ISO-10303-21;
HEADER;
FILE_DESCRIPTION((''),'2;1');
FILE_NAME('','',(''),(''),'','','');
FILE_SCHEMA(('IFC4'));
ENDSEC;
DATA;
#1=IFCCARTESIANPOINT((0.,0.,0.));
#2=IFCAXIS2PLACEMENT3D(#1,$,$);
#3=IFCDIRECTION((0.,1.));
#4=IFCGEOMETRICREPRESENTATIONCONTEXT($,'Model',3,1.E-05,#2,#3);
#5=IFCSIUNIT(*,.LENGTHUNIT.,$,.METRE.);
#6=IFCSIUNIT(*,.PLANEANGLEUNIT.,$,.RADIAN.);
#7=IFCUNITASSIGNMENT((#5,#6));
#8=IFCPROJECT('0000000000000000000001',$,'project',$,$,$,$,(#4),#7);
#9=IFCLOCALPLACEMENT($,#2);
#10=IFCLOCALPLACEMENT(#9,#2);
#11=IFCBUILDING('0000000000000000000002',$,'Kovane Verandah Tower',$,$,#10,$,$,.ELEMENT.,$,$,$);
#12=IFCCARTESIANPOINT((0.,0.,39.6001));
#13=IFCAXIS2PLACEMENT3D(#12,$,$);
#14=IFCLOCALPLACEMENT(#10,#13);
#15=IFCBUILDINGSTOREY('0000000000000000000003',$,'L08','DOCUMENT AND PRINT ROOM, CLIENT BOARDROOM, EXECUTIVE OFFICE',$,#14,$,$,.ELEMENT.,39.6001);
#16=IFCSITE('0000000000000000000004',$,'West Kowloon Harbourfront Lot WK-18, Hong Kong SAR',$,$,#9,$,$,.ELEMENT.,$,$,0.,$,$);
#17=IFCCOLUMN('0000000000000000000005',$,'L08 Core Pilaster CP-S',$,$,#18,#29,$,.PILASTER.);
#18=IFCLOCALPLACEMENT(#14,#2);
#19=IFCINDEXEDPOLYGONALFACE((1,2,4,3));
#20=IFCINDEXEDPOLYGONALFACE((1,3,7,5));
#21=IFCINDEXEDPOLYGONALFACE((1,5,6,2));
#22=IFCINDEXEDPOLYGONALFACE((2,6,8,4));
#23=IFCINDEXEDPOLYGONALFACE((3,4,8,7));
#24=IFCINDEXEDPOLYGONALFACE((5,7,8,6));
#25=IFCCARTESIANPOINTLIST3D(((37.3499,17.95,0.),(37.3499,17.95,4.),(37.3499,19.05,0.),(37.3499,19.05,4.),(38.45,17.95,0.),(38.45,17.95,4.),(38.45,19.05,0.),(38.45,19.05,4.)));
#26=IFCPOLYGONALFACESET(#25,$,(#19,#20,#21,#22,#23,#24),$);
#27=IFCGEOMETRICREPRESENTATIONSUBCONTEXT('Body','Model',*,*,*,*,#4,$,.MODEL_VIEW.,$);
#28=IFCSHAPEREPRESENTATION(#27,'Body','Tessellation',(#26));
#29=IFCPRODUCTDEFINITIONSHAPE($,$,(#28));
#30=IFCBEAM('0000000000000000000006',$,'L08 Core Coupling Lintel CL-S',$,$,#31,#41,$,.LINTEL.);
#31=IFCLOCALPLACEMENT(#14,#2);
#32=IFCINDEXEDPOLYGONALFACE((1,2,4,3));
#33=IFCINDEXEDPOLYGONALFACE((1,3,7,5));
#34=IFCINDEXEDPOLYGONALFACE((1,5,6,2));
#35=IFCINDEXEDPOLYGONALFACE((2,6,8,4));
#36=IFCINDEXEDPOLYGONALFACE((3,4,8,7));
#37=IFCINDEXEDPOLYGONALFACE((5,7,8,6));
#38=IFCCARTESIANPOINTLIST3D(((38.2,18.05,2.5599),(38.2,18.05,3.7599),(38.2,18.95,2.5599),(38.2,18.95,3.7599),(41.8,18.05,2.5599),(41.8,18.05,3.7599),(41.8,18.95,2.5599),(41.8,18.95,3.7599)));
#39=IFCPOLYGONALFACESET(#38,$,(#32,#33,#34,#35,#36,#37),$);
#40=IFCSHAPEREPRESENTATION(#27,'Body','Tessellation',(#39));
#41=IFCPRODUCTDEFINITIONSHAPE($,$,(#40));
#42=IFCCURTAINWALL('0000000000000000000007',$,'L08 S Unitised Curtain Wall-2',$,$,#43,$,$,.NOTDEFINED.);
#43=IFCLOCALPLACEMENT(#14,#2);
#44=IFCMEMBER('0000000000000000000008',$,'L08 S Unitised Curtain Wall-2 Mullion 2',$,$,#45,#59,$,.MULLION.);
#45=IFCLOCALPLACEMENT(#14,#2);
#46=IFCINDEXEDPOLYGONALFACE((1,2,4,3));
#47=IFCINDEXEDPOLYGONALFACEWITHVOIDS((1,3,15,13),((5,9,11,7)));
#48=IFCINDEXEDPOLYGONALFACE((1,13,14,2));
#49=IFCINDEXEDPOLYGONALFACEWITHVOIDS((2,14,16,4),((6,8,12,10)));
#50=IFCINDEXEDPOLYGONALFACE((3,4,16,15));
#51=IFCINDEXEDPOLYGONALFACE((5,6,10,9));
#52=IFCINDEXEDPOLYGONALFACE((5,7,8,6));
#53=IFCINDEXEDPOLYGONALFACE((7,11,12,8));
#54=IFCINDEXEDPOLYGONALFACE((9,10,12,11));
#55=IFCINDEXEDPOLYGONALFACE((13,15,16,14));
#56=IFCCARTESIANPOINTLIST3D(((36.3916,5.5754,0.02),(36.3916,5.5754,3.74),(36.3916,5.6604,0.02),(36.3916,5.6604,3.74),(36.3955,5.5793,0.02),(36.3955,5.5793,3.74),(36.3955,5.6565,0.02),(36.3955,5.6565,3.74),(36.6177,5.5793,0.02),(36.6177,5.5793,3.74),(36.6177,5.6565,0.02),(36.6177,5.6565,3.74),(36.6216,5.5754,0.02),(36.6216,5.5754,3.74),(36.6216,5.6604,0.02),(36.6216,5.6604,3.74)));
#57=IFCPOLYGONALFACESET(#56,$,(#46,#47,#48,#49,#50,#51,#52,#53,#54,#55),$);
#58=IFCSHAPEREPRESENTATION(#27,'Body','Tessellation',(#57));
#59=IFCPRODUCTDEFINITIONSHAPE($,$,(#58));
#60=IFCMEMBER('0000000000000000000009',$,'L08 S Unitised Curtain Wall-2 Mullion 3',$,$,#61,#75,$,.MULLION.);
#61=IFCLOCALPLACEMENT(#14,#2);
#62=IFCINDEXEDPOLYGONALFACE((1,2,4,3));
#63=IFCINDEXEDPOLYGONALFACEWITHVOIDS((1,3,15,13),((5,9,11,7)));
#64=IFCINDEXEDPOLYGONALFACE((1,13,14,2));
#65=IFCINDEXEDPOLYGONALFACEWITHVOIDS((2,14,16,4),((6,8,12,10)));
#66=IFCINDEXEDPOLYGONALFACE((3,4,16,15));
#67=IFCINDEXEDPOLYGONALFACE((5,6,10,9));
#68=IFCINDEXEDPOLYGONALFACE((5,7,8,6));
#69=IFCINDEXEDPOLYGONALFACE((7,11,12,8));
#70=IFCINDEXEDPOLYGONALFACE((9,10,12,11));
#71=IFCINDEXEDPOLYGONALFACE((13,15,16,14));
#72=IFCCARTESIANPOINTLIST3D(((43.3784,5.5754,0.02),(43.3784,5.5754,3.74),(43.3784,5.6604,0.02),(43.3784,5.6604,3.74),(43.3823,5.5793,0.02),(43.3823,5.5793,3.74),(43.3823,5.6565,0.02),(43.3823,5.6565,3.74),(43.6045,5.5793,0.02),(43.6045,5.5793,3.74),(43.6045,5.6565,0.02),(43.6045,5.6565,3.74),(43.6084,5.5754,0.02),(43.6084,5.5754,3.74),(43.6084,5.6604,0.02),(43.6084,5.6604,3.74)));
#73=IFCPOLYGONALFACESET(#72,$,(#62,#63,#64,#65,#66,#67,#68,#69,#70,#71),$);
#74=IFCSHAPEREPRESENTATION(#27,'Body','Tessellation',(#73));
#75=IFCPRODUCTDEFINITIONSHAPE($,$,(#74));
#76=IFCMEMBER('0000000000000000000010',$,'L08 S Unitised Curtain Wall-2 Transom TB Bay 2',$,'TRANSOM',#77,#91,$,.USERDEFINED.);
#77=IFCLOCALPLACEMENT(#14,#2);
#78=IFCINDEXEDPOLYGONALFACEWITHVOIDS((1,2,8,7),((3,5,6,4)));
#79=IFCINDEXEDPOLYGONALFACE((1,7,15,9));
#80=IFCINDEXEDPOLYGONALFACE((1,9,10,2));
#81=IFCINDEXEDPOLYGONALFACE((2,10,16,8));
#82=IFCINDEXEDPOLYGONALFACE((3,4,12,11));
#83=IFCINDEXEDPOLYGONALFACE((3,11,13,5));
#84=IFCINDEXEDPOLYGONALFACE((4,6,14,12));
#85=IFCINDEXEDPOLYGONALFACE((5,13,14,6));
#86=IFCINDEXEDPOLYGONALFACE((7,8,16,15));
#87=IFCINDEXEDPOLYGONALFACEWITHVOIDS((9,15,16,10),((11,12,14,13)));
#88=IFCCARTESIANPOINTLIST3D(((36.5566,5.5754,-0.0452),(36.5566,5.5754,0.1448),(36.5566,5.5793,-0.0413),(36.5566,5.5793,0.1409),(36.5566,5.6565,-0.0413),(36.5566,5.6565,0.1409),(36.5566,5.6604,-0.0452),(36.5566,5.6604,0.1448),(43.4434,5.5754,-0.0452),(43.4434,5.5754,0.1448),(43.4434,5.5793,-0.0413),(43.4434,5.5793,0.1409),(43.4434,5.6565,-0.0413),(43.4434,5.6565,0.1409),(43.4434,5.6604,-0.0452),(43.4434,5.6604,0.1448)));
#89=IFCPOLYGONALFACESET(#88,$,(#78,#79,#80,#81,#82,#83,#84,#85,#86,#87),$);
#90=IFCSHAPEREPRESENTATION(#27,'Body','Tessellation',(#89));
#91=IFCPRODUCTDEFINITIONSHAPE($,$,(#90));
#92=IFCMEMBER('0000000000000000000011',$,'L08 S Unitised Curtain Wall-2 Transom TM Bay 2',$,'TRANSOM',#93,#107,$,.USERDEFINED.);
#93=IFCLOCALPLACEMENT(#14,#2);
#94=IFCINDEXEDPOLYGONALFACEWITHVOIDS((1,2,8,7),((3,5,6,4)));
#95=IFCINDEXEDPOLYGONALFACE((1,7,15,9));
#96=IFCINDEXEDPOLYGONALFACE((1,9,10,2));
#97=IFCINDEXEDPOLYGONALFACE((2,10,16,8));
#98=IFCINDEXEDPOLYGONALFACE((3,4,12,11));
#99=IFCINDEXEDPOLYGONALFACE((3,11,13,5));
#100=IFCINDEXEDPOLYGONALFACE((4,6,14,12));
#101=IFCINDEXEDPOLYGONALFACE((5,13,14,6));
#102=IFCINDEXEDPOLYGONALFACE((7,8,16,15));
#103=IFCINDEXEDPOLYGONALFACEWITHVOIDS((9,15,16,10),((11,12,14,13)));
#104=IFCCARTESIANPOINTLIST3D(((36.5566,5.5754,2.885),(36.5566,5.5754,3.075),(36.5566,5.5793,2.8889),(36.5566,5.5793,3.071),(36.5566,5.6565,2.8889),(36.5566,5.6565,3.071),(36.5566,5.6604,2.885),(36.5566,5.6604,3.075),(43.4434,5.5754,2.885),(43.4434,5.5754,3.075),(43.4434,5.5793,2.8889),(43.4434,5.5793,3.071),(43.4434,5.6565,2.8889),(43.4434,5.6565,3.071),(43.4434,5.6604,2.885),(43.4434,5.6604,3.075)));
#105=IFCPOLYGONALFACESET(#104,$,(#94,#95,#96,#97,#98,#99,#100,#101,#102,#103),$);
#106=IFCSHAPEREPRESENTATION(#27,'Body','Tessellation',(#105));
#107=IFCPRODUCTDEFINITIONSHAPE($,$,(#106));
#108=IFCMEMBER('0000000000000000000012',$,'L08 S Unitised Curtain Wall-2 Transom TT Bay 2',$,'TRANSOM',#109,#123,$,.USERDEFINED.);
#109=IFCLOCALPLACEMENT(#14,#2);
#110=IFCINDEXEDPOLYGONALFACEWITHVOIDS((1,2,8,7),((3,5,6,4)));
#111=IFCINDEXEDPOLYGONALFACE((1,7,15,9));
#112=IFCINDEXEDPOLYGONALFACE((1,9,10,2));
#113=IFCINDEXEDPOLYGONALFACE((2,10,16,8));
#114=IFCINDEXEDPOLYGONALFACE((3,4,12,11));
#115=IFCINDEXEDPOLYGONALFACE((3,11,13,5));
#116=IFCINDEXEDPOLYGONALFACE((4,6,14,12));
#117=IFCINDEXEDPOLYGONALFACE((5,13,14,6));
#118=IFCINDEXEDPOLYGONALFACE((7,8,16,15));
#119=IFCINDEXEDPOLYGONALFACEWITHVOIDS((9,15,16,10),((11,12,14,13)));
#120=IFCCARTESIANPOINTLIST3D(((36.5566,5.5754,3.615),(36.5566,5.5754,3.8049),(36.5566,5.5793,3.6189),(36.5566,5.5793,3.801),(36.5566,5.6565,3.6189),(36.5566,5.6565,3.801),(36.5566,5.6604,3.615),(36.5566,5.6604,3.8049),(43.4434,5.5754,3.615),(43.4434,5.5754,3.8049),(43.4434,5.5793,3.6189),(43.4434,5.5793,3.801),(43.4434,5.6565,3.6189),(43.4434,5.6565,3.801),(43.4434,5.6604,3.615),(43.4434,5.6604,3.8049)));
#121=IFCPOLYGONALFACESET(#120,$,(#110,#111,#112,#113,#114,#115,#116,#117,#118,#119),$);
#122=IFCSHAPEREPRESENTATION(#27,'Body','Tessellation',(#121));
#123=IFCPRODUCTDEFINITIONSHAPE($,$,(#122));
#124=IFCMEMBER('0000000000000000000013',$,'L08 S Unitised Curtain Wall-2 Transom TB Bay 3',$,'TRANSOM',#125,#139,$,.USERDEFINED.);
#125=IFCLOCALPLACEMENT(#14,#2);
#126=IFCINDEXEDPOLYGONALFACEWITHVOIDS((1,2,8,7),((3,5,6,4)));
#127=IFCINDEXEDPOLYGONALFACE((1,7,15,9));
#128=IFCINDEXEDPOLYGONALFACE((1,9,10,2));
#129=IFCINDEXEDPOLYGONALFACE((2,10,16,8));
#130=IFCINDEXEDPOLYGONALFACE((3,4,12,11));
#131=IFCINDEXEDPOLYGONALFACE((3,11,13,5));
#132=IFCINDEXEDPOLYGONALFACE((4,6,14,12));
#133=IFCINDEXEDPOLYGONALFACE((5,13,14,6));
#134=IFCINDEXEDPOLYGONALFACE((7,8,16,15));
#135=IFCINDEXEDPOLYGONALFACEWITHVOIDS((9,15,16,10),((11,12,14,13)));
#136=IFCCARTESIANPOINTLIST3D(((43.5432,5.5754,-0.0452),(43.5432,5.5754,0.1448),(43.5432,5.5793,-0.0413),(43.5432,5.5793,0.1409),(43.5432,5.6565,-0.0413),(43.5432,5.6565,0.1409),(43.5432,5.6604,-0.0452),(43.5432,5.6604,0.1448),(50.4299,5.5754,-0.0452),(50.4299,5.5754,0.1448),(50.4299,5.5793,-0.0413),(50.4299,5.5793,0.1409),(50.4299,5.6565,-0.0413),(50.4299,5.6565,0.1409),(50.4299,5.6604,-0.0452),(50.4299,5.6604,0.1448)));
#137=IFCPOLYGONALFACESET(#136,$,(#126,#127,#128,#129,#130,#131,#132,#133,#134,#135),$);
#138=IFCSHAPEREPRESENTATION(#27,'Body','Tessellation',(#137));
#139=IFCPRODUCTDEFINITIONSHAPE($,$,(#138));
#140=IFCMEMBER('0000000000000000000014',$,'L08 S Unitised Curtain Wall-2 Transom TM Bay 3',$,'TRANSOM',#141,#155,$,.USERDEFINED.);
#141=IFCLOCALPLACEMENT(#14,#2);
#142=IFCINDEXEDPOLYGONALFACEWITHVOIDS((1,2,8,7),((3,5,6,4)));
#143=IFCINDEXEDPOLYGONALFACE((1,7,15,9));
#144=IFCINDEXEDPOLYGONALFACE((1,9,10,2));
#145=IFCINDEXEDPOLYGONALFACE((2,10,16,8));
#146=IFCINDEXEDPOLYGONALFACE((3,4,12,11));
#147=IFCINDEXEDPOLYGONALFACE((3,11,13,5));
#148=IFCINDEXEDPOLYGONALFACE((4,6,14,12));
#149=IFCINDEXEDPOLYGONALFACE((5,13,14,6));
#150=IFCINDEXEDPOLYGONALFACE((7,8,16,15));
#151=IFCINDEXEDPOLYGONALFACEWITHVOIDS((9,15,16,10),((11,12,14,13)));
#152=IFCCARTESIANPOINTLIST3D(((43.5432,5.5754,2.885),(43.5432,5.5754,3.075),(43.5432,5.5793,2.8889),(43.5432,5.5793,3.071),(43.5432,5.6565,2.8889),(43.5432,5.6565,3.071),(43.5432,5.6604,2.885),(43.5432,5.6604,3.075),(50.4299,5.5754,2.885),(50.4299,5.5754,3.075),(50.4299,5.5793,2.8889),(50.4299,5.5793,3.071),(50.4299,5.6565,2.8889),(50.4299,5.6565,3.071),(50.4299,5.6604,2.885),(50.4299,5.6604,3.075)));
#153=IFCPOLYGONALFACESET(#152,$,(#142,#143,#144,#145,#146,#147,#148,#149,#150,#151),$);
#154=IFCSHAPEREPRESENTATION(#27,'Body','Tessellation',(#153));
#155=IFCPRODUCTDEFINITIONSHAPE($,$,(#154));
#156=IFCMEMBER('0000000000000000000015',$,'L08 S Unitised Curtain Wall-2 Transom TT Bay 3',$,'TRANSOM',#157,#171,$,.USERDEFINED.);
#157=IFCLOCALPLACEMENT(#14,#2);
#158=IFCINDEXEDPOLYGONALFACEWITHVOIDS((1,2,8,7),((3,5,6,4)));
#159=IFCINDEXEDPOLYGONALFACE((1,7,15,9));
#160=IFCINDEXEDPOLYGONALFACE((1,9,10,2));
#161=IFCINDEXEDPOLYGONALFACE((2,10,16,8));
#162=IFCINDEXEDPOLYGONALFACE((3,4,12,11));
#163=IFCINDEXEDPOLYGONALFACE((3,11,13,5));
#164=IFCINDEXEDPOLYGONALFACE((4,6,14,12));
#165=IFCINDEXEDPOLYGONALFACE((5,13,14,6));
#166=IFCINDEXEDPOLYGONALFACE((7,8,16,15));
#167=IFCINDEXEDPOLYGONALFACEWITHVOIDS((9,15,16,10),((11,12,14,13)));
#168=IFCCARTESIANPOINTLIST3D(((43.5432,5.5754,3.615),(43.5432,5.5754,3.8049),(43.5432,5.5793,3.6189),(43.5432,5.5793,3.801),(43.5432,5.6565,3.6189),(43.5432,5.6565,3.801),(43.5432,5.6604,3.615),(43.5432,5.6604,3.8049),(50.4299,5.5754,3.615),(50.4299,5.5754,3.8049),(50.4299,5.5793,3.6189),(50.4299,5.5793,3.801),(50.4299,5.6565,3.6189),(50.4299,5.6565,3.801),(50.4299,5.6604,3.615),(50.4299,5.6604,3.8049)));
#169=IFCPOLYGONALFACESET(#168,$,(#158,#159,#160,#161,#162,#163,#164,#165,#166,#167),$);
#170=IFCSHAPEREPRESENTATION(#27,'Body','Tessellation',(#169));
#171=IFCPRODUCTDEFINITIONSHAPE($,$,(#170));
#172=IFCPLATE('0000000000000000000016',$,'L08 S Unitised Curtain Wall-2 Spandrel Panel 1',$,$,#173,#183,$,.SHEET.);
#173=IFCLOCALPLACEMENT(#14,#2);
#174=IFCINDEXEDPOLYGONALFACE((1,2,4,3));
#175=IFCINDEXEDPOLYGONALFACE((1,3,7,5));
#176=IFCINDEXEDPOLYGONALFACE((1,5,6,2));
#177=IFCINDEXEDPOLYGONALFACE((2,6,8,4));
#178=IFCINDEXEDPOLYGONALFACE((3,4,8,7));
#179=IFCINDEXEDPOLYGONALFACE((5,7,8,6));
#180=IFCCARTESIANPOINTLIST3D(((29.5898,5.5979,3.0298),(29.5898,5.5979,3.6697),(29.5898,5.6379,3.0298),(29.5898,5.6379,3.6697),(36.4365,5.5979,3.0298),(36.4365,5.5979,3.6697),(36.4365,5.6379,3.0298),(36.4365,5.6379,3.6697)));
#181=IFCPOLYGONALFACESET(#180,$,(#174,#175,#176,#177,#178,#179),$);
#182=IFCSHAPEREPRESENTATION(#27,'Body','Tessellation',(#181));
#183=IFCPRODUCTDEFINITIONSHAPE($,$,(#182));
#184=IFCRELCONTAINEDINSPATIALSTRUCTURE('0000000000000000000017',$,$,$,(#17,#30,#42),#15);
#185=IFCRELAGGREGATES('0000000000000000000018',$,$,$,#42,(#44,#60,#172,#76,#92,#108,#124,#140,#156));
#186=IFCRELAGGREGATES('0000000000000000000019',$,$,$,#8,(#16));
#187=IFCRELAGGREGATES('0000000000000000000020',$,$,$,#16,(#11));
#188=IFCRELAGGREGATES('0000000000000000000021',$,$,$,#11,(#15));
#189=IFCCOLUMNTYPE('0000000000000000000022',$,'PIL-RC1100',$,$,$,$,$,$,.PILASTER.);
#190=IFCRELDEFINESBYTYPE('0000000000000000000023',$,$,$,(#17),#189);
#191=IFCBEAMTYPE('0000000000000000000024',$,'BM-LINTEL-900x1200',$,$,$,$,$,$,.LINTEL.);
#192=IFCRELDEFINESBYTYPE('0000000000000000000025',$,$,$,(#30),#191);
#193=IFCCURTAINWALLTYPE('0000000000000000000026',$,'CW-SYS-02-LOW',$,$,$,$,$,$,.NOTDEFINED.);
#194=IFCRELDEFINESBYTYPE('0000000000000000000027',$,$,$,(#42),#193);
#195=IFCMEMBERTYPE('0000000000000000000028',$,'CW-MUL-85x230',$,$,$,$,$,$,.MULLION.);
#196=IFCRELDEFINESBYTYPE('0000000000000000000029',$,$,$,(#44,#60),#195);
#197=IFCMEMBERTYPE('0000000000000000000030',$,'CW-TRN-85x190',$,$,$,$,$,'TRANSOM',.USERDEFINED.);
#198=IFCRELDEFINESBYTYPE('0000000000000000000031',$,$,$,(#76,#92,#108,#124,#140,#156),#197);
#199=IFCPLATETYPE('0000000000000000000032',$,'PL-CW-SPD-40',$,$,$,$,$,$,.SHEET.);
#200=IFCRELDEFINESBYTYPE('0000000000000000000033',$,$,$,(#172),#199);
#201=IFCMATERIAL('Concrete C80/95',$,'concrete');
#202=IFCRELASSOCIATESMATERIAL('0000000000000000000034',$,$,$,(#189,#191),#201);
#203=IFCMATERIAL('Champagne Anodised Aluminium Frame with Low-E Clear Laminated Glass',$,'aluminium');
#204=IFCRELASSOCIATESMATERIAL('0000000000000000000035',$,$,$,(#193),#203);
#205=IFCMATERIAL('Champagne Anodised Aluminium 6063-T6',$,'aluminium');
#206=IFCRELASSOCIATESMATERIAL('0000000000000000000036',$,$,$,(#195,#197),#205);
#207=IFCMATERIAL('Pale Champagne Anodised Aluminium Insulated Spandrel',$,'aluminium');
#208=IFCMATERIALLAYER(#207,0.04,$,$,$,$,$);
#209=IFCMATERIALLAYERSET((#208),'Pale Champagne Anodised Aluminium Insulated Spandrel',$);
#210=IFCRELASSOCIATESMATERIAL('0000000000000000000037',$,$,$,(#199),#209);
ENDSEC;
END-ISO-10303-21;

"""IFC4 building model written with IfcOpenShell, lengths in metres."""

from ifc_helpers import new_model, si_unit, direction, frame, origin, origin_2d, place, context, subcontext, project, spatial, rectangle, hollow_rectangle, extrude, material, layer, layer_set, material_profile, profile_set, type_object, element, aggregate, save


model = new_model("IFC4")

# Units and contexts
model_context = context("Model", 3, precision=1e-05, world=origin(), true_north=direction((0.0, 1.0)))
body_context = subcontext(model_context, "Body", "Model", "MODEL_VIEW")
ifc_project = project(units=[si_unit("LENGTHUNIT", "METRE"), si_unit("PLANEANGLEUNIT", "RADIAN")], contexts=[model_context])

# Site, building, storey
site_placement = place(None, origin())
site = spatial("IfcSite", under=ifc_project, at=site_placement, Name="West Kowloon Harbourfront Lot WK-18, Hong Kong SAR", CompositionType="ELEMENT", RefElevation=0.0)
building_placement = place(site_placement, origin())
building = spatial("IfcBuilding", under=site, at=building_placement, Name="Kovane Verandah Tower", CompositionType="ELEMENT")
storey_placement = place(building_placement, frame((0.0, 0.0, 39.6001)))
storey = spatial("IfcBuildingStorey", under=building, at=storey_placement, Name="L08", Description="DOCUMENT AND PRINT ROOM, CLIENT BOARDROOM, EXECUTIVE OFFICE", CompositionType="ELEMENT", Elevation=39.6001)

# Column
ifc_material_1 = material(Name="Concrete C80/95", Category="concrete")
ifc_material_profile_1 = material_profile(ifc_material_1, rectangle(XDim=1.1001, YDim=1.1001, at=origin_2d()), Name="RC1100x1100")
ifc_profile_set_1 = profile_set([ifc_material_profile_1], Name="Concrete C80/95")
column_type = type_object("IfcColumnType", Name="PIL-RC1100", PredefinedType="PILASTER", material=ifc_profile_set_1)
column_placement = place(storey_placement, frame((37.8999, 18.5, 0.0), z_axis=(0.0, 0.0, 1.0), x_axis=(1.0, 0.0, 0.0)))
element("IfcColumn", 1, at=column_placement, inside=storey, type_object=column_type, Name="L08 Core Pilaster CP-S", PredefinedType="PILASTER", context=body_context, shape_type="SweptSolid", body=[
    extrude(rectangle(XDim=1.1001, YDim=1.1001, at=origin_2d()), origin(), (0.0, 0.0, 1.0), 4.0),
])

# Beam
ifc_material_profile_2 = material_profile(ifc_material_1, rectangle(XDim=0.8999, YDim=1.2, at=origin_2d()), Name="RCB900x1200")
ifc_profile_set_2 = profile_set([ifc_material_profile_2], Name="Concrete C80/95")
beam_type = type_object("IfcBeamType", Name="BM-LINTEL-900x1200", PredefinedType="LINTEL", material=ifc_profile_set_2)
beam_placement = place(storey_placement, frame((38.2, 18.5, 3.1599), z_axis=(1.0, 0.0, 0.0), x_axis=(0.0, 1.0, 0.0)))
element("IfcBeam", 2, at=beam_placement, inside=storey, type_object=beam_type, Name="L08 Core Coupling Lintel CL-S", PredefinedType="LINTEL", context=body_context, shape_type="SweptSolid", body=[
    extrude(rectangle(XDim=0.8999, YDim=1.2, at=origin_2d()), origin(), (0.0, 0.0, 1.0), 3.6001),
])

# Curtain wall, members, plate
ifc_material_2 = material(Name="Champagne Anodised Aluminium Frame with Low-E Clear Laminated Glass", Category="aluminium")
curtain_wall_type = type_object("IfcCurtainWallType", Name="CW-SYS-02-LOW", PredefinedType="NOTDEFINED", material=ifc_material_2)
curtain_wall_placement = place(storey_placement, origin())
curtain_wall = element("IfcCurtainWall", 3, at=curtain_wall_placement, inside=storey, type_object=curtain_wall_type, Name="L08 S Unitised Curtain Wall-2", PredefinedType="NOTDEFINED")
ifc_material_3 = material(Name="Champagne Anodised Aluminium 6063-T6", Category="aluminium")
ifc_material_profile_3 = material_profile(ifc_material_3, hollow_rectangle(XDim=0.085, YDim=0.23, WallThickness=0.0039, at=origin_2d()), Name="AL85x230x4")
ifc_profile_set_3 = profile_set([ifc_material_profile_3], Name="Champagne Anodised Aluminium 6063-T6")
member_type_1 = type_object("IfcMemberType", Name="CW-MUL-85x230", PredefinedType="MULLION", material=ifc_profile_set_3)
member_1_placement = place(storey_placement, frame((36.5066, 5.6179, 0.02), z_axis=(0.0, 0.0, 1.0), x_axis=(0.0, -1.0, 0.0)))
member_1 = element("IfcMember", 4, at=member_1_placement, type_object=member_type_1, Name="L08 S Unitised Curtain Wall-2 Mullion 2", PredefinedType="MULLION", context=body_context, shape_type="SweptSolid", body=[
    extrude(hollow_rectangle(XDim=0.085, YDim=0.23, WallThickness=0.0039, at=origin_2d()), origin(), (0.0, 0.0, 1.0), 3.72),
])
member_2_placement = place(storey_placement, frame((43.4934, 5.6179, 0.02), z_axis=(0.0, 0.0, 1.0), x_axis=(0.0, -1.0, 0.0)))
member_2 = element("IfcMember", 5, at=member_2_placement, type_object=member_type_1, Name="L08 S Unitised Curtain Wall-2 Mullion 3", PredefinedType="MULLION", context=body_context, shape_type="SweptSolid", body=[
    extrude(hollow_rectangle(XDim=0.085, YDim=0.23, WallThickness=0.0039, at=origin_2d()), origin(), (0.0, 0.0, 1.0), 3.72),
])
ifc_material_profile_4 = material_profile(ifc_material_3, hollow_rectangle(XDim=0.085, YDim=0.1899, WallThickness=0.0039, at=origin_2d()), Name="AL85x190x4")
ifc_profile_set_4 = profile_set([ifc_material_profile_4], Name="Champagne Anodised Aluminium 6063-T6")
member_type_2 = type_object("IfcMemberType", Name="CW-TRN-85x190", ElementType="TRANSOM", PredefinedType="USERDEFINED", material=ifc_profile_set_4)
member_3_placement = place(storey_placement, frame((36.5566, 5.6179, 0.0498), z_axis=(1.0, 0.0, 0.0), x_axis=(0.0, 1.0, 0.0)))
member_3 = element("IfcMember", 6, at=member_3_placement, type_object=member_type_2, Name="L08 S Unitised Curtain Wall-2 Transom TB Bay 2", ObjectType="TRANSOM", PredefinedType="USERDEFINED", context=body_context, shape_type="SweptSolid", body=[
    extrude(hollow_rectangle(XDim=0.085, YDim=0.1899, WallThickness=0.0039, at=origin_2d()), origin(), (0.0, 0.0, 1.0), 6.8867),
])
member_4_placement = place(storey_placement, frame((36.5566, 5.6179, 2.98), z_axis=(1.0, 0.0, 0.0), x_axis=(0.0, 1.0, 0.0)))
member_4 = element("IfcMember", 7, at=member_4_placement, type_object=member_type_2, Name="L08 S Unitised Curtain Wall-2 Transom TM Bay 2", ObjectType="TRANSOM", PredefinedType="USERDEFINED", context=body_context, shape_type="SweptSolid", body=[
    extrude(hollow_rectangle(XDim=0.085, YDim=0.1899, WallThickness=0.0039, at=origin_2d()), origin(), (0.0, 0.0, 1.0), 6.8867),
])
member_5_placement = place(storey_placement, frame((36.5566, 5.6179, 3.71), z_axis=(1.0, 0.0, 0.0), x_axis=(0.0, 1.0, 0.0)))
member_5 = element("IfcMember", 8, at=member_5_placement, type_object=member_type_2, Name="L08 S Unitised Curtain Wall-2 Transom TT Bay 2", ObjectType="TRANSOM", PredefinedType="USERDEFINED", context=body_context, shape_type="SweptSolid", body=[
    extrude(hollow_rectangle(XDim=0.085, YDim=0.1899, WallThickness=0.0039, at=origin_2d()), origin(), (0.0, 0.0, 1.0), 6.8867),
])
member_6_placement = place(storey_placement, frame((43.5432, 5.6179, 0.0498), z_axis=(1.0, 0.0, 0.0), x_axis=(0.0, 1.0, 0.0)))
member_6 = element("IfcMember", 9, at=member_6_placement, type_object=member_type_2, Name="L08 S Unitised Curtain Wall-2 Transom TB Bay 3", ObjectType="TRANSOM", PredefinedType="USERDEFINED", context=body_context, shape_type="SweptSolid", body=[
    extrude(hollow_rectangle(XDim=0.085, YDim=0.1899, WallThickness=0.0039, at=origin_2d()), origin(), (0.0, 0.0, 1.0), 6.8867),
])
member_7_placement = place(storey_placement, frame((43.5432, 5.6179, 2.98), z_axis=(1.0, 0.0, 0.0), x_axis=(0.0, 1.0, 0.0)))
member_7 = element("IfcMember", 10, at=member_7_placement, type_object=member_type_2, Name="L08 S Unitised Curtain Wall-2 Transom TM Bay 3", ObjectType="TRANSOM", PredefinedType="USERDEFINED", context=body_context, shape_type="SweptSolid", body=[
    extrude(hollow_rectangle(XDim=0.085, YDim=0.1899, WallThickness=0.0039, at=origin_2d()), origin(), (0.0, 0.0, 1.0), 6.8867),
])
member_8_placement = place(storey_placement, frame((43.5432, 5.6179, 3.71), z_axis=(1.0, 0.0, 0.0), x_axis=(0.0, 1.0, 0.0)))
member_8 = element("IfcMember", 11, at=member_8_placement, type_object=member_type_2, Name="L08 S Unitised Curtain Wall-2 Transom TT Bay 3", ObjectType="TRANSOM", PredefinedType="USERDEFINED", context=body_context, shape_type="SweptSolid", body=[
    extrude(hollow_rectangle(XDim=0.085, YDim=0.1899, WallThickness=0.0039, at=origin_2d()), origin(), (0.0, 0.0, 1.0), 6.8867),
])
ifc_material_4 = material(Name="Pale Champagne Anodised Aluminium Insulated Spandrel", Category="aluminium")
ifc_layer_1 = layer(ifc_material_4, 0.04)
ifc_layer_set_1 = layer_set([ifc_layer_1], Name="Pale Champagne Anodised Aluminium Insulated Spandrel")
plate_type_1 = type_object("IfcPlateType", Name="PL-CW-SPD-40", PredefinedType="SHEET", material=ifc_layer_set_1)
plate_1_placement = place(storey_placement, frame((33.0132, 5.6179, 3.0298), z_axis=(0.0, 0.0, 1.0), x_axis=(1.0, 0.0, 0.0)))
plate_1 = element("IfcPlate", 12, at=plate_1_placement, type_object=plate_type_1, Name="L08 S Unitised Curtain Wall-2 Spandrel Panel 1", PredefinedType="SHEET", context=body_context, shape_type="SweptSolid", body=[
    extrude(rectangle(XDim=6.8467, YDim=0.04, at=origin_2d()), origin(), (0.0, 0.0, 1.0), 0.6399),
])
aggregate(curtain_wall, [member_1, member_2, plate_1, member_3, member_4, member_5, member_6, member_7, member_8])

save(model, "model.ifc")
